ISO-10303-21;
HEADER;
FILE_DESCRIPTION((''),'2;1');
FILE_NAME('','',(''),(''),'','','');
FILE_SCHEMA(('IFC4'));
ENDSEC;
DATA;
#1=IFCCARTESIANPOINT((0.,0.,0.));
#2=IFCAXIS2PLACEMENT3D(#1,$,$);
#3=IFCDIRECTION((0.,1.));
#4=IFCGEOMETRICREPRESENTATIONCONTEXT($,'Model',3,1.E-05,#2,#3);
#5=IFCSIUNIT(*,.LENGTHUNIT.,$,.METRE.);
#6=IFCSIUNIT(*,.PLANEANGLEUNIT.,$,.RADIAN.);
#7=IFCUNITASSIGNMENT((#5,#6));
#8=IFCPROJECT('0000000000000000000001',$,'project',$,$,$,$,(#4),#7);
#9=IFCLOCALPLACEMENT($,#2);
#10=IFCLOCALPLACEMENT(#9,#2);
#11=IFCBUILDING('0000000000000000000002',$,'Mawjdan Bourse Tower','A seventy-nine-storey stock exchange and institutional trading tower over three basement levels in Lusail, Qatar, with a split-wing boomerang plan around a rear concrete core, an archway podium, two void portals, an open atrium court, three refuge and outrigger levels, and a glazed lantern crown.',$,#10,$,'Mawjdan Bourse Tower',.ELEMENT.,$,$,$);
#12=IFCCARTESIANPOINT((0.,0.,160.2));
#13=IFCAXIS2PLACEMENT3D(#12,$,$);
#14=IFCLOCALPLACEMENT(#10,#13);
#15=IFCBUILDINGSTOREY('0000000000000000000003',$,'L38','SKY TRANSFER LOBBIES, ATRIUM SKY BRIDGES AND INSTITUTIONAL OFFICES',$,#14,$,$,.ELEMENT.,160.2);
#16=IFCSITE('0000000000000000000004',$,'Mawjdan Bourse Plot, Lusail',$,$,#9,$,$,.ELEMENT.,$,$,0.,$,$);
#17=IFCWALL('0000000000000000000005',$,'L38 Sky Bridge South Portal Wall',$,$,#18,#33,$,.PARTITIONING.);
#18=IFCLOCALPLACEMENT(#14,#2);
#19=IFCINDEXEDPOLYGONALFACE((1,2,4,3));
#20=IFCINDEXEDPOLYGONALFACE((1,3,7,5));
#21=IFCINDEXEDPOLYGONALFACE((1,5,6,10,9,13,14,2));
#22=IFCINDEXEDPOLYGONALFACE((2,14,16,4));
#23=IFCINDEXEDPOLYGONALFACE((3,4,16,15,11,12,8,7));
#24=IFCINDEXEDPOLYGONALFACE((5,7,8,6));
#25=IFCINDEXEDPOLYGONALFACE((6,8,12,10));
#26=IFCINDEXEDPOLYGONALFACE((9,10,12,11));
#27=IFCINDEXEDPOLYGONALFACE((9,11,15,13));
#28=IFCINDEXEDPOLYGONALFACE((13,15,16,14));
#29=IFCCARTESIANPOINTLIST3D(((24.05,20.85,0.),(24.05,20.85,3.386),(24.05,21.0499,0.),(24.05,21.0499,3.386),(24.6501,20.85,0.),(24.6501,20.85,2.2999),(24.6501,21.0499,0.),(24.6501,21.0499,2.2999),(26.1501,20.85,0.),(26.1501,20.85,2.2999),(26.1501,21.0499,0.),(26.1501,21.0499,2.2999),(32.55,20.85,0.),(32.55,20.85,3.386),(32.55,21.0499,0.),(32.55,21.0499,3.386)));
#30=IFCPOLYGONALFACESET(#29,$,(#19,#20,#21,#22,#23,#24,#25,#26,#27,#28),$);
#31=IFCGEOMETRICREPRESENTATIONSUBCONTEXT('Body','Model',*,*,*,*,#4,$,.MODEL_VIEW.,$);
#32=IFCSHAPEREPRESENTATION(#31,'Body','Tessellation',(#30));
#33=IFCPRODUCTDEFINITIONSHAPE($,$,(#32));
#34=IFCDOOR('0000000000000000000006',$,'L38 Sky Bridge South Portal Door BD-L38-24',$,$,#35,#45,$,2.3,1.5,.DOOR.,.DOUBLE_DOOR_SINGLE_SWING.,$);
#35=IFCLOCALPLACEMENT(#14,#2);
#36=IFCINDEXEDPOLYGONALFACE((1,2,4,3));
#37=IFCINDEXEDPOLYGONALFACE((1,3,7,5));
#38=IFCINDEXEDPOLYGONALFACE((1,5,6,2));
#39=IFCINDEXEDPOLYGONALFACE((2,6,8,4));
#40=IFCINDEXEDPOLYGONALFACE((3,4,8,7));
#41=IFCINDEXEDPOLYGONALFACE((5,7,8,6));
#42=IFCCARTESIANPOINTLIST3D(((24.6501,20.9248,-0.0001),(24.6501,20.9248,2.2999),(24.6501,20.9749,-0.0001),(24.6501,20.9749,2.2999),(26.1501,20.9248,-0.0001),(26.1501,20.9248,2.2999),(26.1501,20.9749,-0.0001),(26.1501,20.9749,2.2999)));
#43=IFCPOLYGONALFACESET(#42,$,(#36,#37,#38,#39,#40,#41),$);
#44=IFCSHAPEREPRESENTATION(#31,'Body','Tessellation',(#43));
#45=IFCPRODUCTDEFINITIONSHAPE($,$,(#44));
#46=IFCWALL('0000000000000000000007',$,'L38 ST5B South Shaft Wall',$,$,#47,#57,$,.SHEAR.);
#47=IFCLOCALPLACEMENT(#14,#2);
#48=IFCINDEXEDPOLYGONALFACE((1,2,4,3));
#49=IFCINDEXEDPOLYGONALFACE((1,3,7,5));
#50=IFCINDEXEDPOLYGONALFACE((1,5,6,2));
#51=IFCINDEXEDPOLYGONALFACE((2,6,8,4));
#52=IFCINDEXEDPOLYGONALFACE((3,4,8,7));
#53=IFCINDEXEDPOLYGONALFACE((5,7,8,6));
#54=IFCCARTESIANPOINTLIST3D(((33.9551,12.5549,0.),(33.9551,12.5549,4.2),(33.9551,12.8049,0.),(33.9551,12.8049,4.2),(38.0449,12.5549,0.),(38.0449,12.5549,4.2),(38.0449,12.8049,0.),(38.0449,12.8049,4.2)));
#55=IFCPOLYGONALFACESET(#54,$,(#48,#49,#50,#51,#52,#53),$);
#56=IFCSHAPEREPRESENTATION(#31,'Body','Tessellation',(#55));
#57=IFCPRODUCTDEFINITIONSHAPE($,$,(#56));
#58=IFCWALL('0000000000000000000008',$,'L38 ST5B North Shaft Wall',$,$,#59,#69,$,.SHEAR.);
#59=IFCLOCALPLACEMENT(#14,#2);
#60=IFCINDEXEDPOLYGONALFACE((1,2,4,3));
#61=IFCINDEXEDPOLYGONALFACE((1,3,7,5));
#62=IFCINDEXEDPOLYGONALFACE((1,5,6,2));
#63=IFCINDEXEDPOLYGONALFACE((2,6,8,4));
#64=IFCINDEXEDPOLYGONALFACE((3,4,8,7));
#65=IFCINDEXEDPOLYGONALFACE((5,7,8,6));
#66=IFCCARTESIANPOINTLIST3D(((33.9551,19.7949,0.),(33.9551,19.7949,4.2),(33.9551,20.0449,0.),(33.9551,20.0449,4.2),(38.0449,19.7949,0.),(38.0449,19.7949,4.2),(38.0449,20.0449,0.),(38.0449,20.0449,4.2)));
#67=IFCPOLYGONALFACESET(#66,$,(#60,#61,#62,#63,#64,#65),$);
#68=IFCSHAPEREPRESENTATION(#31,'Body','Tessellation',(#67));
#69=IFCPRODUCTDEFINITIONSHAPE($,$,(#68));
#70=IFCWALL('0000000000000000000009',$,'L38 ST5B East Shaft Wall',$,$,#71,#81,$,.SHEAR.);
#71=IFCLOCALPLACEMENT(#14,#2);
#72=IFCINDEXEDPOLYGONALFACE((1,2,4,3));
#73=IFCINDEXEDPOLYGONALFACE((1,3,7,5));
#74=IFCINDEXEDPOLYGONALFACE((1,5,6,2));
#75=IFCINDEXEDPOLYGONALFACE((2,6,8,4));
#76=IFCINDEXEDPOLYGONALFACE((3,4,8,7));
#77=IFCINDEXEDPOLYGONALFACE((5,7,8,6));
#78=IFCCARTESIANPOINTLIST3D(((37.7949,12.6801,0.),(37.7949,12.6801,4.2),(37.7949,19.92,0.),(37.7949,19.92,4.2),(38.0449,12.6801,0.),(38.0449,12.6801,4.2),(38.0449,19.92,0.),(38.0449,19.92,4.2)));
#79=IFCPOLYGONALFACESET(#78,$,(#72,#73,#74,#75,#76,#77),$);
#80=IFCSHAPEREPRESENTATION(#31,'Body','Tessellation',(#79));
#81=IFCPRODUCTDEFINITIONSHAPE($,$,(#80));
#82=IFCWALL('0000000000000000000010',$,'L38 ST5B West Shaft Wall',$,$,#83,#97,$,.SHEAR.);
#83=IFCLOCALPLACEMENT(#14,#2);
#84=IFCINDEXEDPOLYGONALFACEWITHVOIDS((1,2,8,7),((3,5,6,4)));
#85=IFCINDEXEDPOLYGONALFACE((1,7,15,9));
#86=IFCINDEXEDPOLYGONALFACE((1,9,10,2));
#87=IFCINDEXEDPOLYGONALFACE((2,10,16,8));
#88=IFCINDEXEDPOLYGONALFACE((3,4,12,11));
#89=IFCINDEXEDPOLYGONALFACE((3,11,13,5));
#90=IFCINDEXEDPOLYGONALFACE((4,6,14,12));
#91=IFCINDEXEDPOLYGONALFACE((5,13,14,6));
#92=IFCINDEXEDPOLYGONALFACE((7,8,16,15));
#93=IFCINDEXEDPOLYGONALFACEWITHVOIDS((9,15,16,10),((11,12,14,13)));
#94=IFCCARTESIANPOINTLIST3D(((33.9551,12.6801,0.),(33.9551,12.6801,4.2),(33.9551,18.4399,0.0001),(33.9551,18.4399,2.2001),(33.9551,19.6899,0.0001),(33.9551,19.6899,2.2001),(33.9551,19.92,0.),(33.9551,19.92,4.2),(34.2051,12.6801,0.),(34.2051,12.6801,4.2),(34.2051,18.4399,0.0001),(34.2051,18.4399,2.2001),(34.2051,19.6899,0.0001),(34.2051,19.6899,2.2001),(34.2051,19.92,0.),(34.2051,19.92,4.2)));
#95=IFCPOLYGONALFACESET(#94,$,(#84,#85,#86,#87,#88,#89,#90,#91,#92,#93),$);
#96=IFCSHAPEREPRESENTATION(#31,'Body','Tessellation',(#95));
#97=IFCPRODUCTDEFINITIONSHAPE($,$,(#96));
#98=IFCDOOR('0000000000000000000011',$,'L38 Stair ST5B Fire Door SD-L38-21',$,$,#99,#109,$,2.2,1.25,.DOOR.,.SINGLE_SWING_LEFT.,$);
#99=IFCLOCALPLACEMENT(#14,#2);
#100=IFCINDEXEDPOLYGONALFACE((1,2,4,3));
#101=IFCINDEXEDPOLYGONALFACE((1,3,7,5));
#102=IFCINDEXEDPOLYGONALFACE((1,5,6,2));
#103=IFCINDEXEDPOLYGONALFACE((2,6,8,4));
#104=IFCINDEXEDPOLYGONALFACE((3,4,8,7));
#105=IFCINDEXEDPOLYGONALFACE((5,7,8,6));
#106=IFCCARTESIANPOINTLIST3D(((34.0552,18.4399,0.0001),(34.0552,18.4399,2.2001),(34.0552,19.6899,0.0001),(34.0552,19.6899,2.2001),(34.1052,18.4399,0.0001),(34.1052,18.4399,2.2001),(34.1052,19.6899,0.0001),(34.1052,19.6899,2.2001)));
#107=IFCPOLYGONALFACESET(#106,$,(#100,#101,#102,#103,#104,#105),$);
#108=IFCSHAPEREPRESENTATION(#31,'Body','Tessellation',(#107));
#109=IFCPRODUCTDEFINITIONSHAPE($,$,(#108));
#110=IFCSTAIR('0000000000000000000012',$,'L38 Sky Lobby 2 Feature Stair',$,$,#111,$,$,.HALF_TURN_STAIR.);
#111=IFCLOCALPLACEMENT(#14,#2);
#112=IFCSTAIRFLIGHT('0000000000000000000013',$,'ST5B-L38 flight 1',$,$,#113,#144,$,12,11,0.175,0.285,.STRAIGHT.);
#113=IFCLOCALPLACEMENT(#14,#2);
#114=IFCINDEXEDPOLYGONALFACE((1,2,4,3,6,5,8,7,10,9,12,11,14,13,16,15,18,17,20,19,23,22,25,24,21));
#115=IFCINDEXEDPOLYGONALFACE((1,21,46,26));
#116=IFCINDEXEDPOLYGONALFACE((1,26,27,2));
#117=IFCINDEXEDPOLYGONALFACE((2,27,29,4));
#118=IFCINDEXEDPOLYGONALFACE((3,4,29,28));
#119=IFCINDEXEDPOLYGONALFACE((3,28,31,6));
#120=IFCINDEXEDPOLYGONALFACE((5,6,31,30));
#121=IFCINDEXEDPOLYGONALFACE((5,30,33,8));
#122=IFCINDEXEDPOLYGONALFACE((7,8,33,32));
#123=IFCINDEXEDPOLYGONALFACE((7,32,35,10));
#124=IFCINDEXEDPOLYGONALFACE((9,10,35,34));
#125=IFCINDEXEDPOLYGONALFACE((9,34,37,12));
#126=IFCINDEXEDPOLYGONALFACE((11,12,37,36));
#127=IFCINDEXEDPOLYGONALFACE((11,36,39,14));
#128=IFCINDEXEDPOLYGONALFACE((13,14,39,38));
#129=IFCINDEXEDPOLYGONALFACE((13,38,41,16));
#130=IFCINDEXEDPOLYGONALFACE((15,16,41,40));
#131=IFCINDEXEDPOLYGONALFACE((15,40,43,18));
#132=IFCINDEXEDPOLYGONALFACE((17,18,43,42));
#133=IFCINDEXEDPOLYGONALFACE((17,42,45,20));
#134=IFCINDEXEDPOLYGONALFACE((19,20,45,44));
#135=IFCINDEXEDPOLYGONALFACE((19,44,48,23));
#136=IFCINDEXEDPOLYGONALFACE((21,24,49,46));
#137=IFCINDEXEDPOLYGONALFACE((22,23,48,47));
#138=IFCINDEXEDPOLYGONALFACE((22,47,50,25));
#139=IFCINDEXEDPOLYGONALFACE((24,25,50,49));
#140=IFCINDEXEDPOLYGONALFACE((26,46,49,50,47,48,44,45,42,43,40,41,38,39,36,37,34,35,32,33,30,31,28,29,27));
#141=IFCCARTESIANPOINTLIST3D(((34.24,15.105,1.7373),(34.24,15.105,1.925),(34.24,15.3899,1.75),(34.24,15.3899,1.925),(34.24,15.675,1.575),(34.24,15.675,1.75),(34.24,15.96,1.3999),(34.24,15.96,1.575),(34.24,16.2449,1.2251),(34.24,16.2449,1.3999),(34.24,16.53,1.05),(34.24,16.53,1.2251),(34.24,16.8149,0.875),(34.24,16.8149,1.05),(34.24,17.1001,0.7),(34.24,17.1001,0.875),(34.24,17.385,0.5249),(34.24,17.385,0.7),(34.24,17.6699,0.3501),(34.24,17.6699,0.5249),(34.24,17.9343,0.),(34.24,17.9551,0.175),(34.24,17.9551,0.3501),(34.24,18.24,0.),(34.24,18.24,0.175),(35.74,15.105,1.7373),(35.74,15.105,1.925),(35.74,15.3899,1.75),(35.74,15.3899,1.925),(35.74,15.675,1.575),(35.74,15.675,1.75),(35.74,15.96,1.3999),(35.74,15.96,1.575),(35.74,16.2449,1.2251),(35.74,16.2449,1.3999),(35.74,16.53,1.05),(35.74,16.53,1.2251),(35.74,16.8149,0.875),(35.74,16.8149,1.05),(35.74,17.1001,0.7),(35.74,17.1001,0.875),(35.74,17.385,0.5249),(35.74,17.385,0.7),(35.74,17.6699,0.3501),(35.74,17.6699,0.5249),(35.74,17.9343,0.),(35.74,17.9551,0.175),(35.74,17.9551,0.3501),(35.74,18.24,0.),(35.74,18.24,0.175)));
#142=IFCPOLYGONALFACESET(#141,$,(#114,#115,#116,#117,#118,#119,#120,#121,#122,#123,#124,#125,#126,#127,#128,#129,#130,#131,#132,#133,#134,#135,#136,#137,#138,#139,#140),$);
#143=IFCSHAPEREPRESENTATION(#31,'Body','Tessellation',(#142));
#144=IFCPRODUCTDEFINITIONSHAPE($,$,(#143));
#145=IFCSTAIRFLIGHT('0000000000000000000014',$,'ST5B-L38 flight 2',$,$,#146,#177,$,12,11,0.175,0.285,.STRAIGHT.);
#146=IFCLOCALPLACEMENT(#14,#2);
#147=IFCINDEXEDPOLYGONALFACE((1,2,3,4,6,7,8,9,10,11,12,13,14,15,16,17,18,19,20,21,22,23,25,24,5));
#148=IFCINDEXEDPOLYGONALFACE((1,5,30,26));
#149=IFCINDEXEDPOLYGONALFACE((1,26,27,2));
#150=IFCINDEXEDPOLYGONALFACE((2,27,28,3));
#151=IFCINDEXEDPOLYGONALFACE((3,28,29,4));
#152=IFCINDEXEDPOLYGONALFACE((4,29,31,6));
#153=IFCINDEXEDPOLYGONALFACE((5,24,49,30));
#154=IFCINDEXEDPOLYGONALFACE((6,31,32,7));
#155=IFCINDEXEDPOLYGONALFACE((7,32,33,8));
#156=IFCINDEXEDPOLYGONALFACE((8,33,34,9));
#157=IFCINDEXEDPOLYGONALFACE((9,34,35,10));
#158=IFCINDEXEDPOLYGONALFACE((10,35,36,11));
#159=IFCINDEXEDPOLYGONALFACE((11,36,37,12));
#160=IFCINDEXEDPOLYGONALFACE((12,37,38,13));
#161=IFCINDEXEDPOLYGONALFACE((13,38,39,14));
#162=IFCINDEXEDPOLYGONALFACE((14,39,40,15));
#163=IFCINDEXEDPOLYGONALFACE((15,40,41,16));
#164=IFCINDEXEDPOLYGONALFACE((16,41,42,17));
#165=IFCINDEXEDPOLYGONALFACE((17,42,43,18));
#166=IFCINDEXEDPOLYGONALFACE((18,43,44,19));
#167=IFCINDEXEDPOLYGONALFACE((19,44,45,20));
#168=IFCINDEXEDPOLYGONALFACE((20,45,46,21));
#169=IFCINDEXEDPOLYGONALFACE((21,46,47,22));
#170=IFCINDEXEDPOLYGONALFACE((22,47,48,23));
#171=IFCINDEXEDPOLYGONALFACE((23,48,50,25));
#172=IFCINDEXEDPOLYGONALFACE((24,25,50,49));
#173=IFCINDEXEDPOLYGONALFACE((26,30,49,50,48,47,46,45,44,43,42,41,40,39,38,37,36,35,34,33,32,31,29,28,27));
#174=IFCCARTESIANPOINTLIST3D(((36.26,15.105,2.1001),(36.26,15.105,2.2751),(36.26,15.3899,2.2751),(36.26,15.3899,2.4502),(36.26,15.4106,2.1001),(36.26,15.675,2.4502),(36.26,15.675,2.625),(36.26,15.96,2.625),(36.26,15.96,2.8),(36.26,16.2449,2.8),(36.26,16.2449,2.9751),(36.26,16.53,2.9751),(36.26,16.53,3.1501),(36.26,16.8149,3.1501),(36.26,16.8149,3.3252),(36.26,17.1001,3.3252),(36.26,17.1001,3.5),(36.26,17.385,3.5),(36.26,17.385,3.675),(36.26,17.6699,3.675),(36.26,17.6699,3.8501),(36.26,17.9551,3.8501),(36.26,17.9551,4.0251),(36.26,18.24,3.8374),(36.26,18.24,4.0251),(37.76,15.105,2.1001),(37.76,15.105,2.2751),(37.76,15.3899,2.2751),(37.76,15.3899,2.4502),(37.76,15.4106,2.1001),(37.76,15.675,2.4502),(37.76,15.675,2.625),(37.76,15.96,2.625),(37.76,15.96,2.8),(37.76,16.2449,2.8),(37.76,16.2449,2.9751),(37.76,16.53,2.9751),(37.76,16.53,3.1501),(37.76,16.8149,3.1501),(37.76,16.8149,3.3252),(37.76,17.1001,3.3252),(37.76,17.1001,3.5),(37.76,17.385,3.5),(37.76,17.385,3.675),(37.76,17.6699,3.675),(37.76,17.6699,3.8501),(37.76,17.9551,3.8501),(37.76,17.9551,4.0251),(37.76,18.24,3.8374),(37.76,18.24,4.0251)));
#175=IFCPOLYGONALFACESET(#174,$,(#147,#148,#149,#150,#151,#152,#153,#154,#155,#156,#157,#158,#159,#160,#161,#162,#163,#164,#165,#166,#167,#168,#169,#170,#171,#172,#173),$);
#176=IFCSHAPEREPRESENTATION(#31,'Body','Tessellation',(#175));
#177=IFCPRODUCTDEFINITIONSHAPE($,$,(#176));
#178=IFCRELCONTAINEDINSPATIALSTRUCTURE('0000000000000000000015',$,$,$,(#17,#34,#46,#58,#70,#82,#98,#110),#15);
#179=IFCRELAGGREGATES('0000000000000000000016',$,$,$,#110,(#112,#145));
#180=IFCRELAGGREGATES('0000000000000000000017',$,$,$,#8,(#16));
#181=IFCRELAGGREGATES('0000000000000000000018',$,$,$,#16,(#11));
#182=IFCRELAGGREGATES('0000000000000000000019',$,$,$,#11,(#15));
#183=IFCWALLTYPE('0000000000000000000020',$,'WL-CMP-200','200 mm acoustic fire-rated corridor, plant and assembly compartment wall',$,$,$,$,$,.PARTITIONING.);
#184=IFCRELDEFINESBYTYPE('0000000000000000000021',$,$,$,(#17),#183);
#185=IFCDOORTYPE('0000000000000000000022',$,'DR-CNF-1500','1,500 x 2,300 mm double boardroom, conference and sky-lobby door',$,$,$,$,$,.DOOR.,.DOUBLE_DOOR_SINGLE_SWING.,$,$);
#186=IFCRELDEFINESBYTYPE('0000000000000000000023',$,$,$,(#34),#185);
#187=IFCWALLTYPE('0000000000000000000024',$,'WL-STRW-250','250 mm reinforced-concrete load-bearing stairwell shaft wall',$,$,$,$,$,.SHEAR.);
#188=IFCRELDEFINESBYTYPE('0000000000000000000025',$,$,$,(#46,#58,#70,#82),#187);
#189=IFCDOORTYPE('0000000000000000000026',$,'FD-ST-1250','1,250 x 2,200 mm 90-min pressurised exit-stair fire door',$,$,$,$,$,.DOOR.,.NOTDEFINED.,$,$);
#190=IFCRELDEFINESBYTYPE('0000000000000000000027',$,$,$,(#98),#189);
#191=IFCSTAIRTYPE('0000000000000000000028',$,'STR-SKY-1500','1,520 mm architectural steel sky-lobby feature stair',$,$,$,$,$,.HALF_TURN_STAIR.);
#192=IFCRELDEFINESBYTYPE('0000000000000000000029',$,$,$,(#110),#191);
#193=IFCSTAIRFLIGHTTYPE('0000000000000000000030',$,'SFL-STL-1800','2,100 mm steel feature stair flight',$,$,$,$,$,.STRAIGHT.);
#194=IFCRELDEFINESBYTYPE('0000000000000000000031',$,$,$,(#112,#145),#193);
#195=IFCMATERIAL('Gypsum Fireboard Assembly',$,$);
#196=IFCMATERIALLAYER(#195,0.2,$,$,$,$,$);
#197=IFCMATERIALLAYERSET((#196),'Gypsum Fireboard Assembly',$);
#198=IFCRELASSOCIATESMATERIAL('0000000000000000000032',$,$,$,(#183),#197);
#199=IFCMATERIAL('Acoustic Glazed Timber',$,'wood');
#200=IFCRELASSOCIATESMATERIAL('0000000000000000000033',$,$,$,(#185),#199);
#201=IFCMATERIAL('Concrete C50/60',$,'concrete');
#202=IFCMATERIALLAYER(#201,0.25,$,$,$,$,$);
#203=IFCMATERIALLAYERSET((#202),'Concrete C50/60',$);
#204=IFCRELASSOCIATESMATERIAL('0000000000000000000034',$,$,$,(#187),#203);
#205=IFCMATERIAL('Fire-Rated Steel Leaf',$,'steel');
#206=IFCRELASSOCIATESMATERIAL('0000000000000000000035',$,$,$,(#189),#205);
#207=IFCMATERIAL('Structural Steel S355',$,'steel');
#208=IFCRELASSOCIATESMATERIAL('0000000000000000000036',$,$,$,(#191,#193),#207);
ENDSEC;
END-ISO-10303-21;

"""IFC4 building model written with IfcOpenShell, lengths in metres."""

from ifc_helpers import new_model, si_unit, direction, frame, frame_2d, origin, place, context, subcontext, project, spatial, polyline, rectangle, outline, extrude, material, layer, layer_set, type_object, element, fill, aggregate, save


model = new_model("IFC4")

# Units and contexts
model_context = context("Model", 3, precision=1e-05, world=origin(), true_north=direction((0.0, 1.0)))
body_context = subcontext(model_context, "Body", "Model", "MODEL_VIEW")
ifc_project = project(units=[si_unit("LENGTHUNIT", "METRE"), si_unit("PLANEANGLEUNIT", "RADIAN")], contexts=[model_context])

# Site, building, storey
site_placement = place(None, origin())
site = spatial("IfcSite", under=ifc_project, at=site_placement, Name="Mawjdan Bourse Plot, Lusail", CompositionType="ELEMENT", RefElevation=0.0)
building_placement = place(site_placement, origin())
building = spatial("IfcBuilding", under=site, at=building_placement, Name="Mawjdan Bourse Tower", Description="A seventy-nine-storey stock exchange and institutional trading tower over three basement levels in Lusail, Qatar, with a split-wing boomerang plan around a rear concrete core, an archway podium, two void portals, an open atrium court, three refuge and outrigger levels, and a glazed lantern crown.", LongName="Mawjdan Bourse Tower", CompositionType="ELEMENT")
storey_placement = place(building_placement, frame((0.0, 0.0, 160.2)))
storey = spatial("IfcBuildingStorey", under=building, at=storey_placement, Name="L38", Description="SKY TRANSFER LOBBIES, ATRIUM SKY BRIDGES AND INSTITUTIONAL OFFICES", CompositionType="ELEMENT", Elevation=160.2)

# Shared definitions
ifc_material_1 = material(Name="Structural Steel S355", Category="steel")

# Wall, opening, door
ifc_material_2 = material(Name="Gypsum Fireboard Assembly")
ifc_layer_1 = layer(ifc_material_2, 0.2)
ifc_layer_set_1 = layer_set([ifc_layer_1], Name="Gypsum Fireboard Assembly")
wall_type_1 = type_object("IfcWallType", Name="WL-CMP-200", Description="200 mm acoustic fire-rated corridor, plant and assembly compartment wall", PredefinedType="PARTITIONING", material=ifc_layer_set_1)
wall_1_placement = place(storey_placement, frame((24.05, 20.95, 0.0), z_axis=(0.0, 0.0, 1.0), x_axis=(1.0, 0.0, 0.0)))
wall_1 = element("IfcWall", 1, at=wall_1_placement, inside=storey, type_object=wall_type_1, Name="L38 Sky Bridge South Portal Wall", PredefinedType="PARTITIONING", context=body_context, shape_type="SweptSolid", body=[
    extrude(rectangle(XDim=8.5, YDim=0.2, at=frame_2d((4.25, 0.0))), origin(), (0.0, 0.0, 1.0), 3.386),
])
opening_1_placement = place(wall_1_placement, frame((0.6001, 0.0, 0.0)))
opening_1 = element("IfcOpeningElement", 2, at=opening_1_placement, cuts=wall_1, PredefinedType="OPENING", context=body_context, shape_type="SweptSolid", body=[
    extrude(rectangle(XDim=1.5, YDim=2.3, at=frame_2d((0.75, 1.1499))), frame((0.0, 0.1099, 0.0), z_axis=(0.0, -1.0, 0.0), x_axis=(1.0, 0.0, 0.0)), (0.0, 0.0, 1.0), 0.22),
])
ifc_material_3 = material(Name="Acoustic Glazed Timber", Category="wood")
door_type_1 = type_object("IfcDoorType", Name="DR-CNF-1500", Description="1,500 x 2,300 mm double boardroom, conference and sky-lobby door", OperationType="DOUBLE_DOOR_SINGLE_SWING", PredefinedType="DOOR", material=ifc_material_3)
door_1_placement = place(opening_1_placement, origin())
door_1 = element("IfcDoor", 3, at=door_1_placement, inside=storey, type_object=door_type_1, Name="L38 Sky Bridge South Portal Door BD-L38-24", OperationType="DOUBLE_DOOR_SINGLE_SWING", OverallHeight=2.3, OverallWidth=1.5, PredefinedType="DOOR", context=body_context, shape_type="SweptSolid", body=[
    extrude(rectangle(XDim=1.5, YDim=2.3, at=frame_2d((0.75, 1.1499))), frame((0.0, 0.0249, 0.0), z_axis=(0.0, -1.0, 0.0), x_axis=(1.0, 0.0, 0.0)), (0.0, 0.0, 1.0), 0.05),
])
fill(opening_1, door_1)

# Walls
ifc_material_4 = material(Name="Concrete C50/60", Category="concrete")
ifc_layer_2 = layer(ifc_material_4, 0.25)
ifc_layer_set_2 = layer_set([ifc_layer_2], Name="Concrete C50/60")
wall_type_2 = type_object("IfcWallType", Name="WL-STRW-250", Description="250 mm reinforced-concrete load-bearing stairwell shaft wall", PredefinedType="SHEAR", material=ifc_layer_set_2)
for number, where, z_axis, x_axis, name in (
    (4, (33.9551, 12.6799, 0.0), (0.0, 0.0, 1.0), (1.0, 0.0, 0.0), "L38 ST5B South Shaft Wall"),
    (5, (33.9551, 19.9199, 0.0), (0.0, 0.0, 1.0), (1.0, 0.0, 0.0), "L38 ST5B North Shaft Wall"),
):
    element("IfcWall", number, at=place(storey_placement, frame(where, z_axis=z_axis, x_axis=x_axis)), inside=storey, type_object=wall_type_2, Name=name, PredefinedType="SHEAR", context=body_context, shape_type="SweptSolid", body=[
        extrude(rectangle(XDim=4.0898, YDim=0.25, at=frame_2d((2.0449, 0.0))), origin(), (0.0, 0.0, 1.0), 4.2),
    ])
wall_2_placement = place(storey_placement, frame((37.9199, 12.6799, 0.0), z_axis=(0.0, 0.0, 1.0), x_axis=(0.0, 1.0, 0.0)))
element("IfcWall", 6, at=wall_2_placement, inside=storey, type_object=wall_type_2, Name="L38 ST5B East Shaft Wall", PredefinedType="SHEAR", context=body_context, shape_type="SweptSolid", body=[
    extrude(rectangle(XDim=7.24, YDim=0.25, at=frame_2d((3.6201, 0.0))), origin(), (0.0, 0.0, 1.0), 4.2),
])

# Wall, opening, door
wall_3_placement = place(storey_placement, frame((34.0801, 12.6799, 0.0), z_axis=(0.0, 0.0, 1.0), x_axis=(0.0, 1.0, 0.0)))
wall_3 = element("IfcWall", 7, at=wall_3_placement, inside=storey, type_object=wall_type_2, Name="L38 ST5B West Shaft Wall", PredefinedType="SHEAR", context=body_context, shape_type="SweptSolid", body=[
    extrude(rectangle(XDim=7.24, YDim=0.25, at=frame_2d((3.6201, 0.0))), origin(), (0.0, 0.0, 1.0), 4.2),
])
opening_2_placement = place(wall_3_placement, frame((5.76, 0.0, 0.0)))
opening_2 = element("IfcOpeningElement", 8, at=opening_2_placement, cuts=wall_3, PredefinedType="OPENING", context=body_context, shape_type="SweptSolid", body=[
    extrude(rectangle(XDim=1.25, YDim=2.2, at=frame_2d((0.625, 1.1001))), frame((0.0, 0.135, 0.0), z_axis=(0.0, -1.0, 0.0), x_axis=(1.0, 0.0, 0.0)), (0.0, 0.0, 1.0), 0.27),
])
ifc_material_5 = material(Name="Fire-Rated Steel Leaf", Category="steel")
door_type_2 = type_object("IfcDoorType", Name="FD-ST-1250", Description="1,250 x 2,200 mm 90-min pressurised exit-stair fire door", OperationType="NOTDEFINED", PredefinedType="DOOR", material=ifc_material_5)
door_2_placement = place(opening_2_placement, origin())
door_2 = element("IfcDoor", 9, at=door_2_placement, inside=storey, type_object=door_type_2, Name="L38 Stair ST5B Fire Door SD-L38-21", OperationType="SINGLE_SWING_LEFT", OverallHeight=2.2, OverallWidth=1.25, PredefinedType="DOOR", context=body_context, shape_type="SweptSolid", body=[
    extrude(rectangle(XDim=1.25, YDim=2.2, at=frame_2d((0.625, 1.1001))), frame((0.0, 0.0249, 0.0), z_axis=(0.0, -1.0, 0.0), x_axis=(1.0, 0.0, 0.0)), (0.0, 0.0, 1.0), 0.05),
])
fill(opening_2, door_2)

# Stair, stair flights
stair_type = type_object("IfcStairType", Name="STR-SKY-1500", Description="1,520 mm architectural steel sky-lobby feature stair", PredefinedType="HALF_TURN_STAIR", material=ifc_material_1)
stair_placement = place(storey_placement, origin())
stair = element("IfcStair", 10, at=stair_placement, inside=storey, type_object=stair_type, Name="L38 Sky Lobby 2 Feature Stair", PredefinedType="HALF_TURN_STAIR")
stair_flight_type = type_object("IfcStairFlightType", Name="SFL-STL-1800", Description="2,100 mm steel feature stair flight", PredefinedType="STRAIGHT", material=ifc_material_1)
stair_flight_1_placement = place(storey_placement, frame((34.99, 18.24, 0.0), z_axis=(0.0, 0.0, 1.0), x_axis=(0.0, -1.0, 0.0)))
stair_flight_1 = element("IfcStairFlight", 11, at=stair_flight_1_placement, type_object=stair_flight_type, Name="ST5B-L38 flight 1", NumberOfRisers=12, NumberOfTreads=11, PredefinedType="STRAIGHT", RiserHeight=0.175, TreadLength=0.285, context=body_context, shape_type="SweptSolid", body=[
    extrude(outline(polyline([(0.0, 0.0), (0.0, 0.175), (0.2849, 0.175), (0.2849, 0.3501), (0.5701, 0.3501), (0.5701, 0.5249), (0.855, 0.5249), (0.855, 0.7), (1.1399, 0.7), (1.1399, 0.875), (1.425, 0.875), (1.425, 1.05), (1.71, 1.05), (1.71, 1.2251), (1.9951, 1.2251), (1.9951, 1.3999), (2.28, 1.3999), (2.28, 1.575), (2.5649, 1.575), (2.5649, 1.75), (2.8501, 1.75), (2.8501, 1.925), (3.135, 1.925), (3.135, 2.1001), (3.135, 1.7373), (0.3057, 0.0), (0.0, 0.0)])), frame((0.0, 0.75, 0.0), z_axis=(0.0, -1.0, 0.0), x_axis=(1.0, 0.0, 0.0)), (0.0, 0.0, 1.0), 1.5),
])
stair_flight_2_placement = place(storey_placement, frame((37.01, 15.105, 2.1001), z_axis=(0.0, 0.0, 1.0), x_axis=(0.0, 1.0, 0.0)))
stair_flight_2 = element("IfcStairFlight", 12, at=stair_flight_2_placement, type_object=stair_flight_type, Name="ST5B-L38 flight 2", NumberOfRisers=12, NumberOfTreads=11, PredefinedType="STRAIGHT", RiserHeight=0.175, TreadLength=0.285, context=body_context, shape_type="SweptSolid", body=[
    extrude(outline(polyline([(0.0, 0.0), (0.0, 0.175), (0.2849, 0.175), (0.2849, 0.3501), (0.5701, 0.3501), (0.5701, 0.5249), (0.855, 0.5249), (0.855, 0.7), (1.1399, 0.7), (1.1399, 0.875), (1.425, 0.875), (1.425, 1.05), (1.71, 1.05), (1.71, 1.2251), (1.9951, 1.2251), (1.9951, 1.3999), (2.28, 1.3999), (2.28, 1.575), (2.5649, 1.575), (2.5649, 1.75), (2.8501, 1.75), (2.8501, 1.925), (3.135, 1.925), (3.135, 2.1001), (3.135, 1.7373), (0.3057, 0.0), (0.0, 0.0)])), frame((0.0, 0.75, 0.0), z_axis=(0.0, -1.0, 0.0), x_axis=(1.0, 0.0, 0.0)), (0.0, 0.0, 1.0), 1.5),
])
aggregate(stair, [stair_flight_1, stair_flight_2])

save(model, "model.ifc")
